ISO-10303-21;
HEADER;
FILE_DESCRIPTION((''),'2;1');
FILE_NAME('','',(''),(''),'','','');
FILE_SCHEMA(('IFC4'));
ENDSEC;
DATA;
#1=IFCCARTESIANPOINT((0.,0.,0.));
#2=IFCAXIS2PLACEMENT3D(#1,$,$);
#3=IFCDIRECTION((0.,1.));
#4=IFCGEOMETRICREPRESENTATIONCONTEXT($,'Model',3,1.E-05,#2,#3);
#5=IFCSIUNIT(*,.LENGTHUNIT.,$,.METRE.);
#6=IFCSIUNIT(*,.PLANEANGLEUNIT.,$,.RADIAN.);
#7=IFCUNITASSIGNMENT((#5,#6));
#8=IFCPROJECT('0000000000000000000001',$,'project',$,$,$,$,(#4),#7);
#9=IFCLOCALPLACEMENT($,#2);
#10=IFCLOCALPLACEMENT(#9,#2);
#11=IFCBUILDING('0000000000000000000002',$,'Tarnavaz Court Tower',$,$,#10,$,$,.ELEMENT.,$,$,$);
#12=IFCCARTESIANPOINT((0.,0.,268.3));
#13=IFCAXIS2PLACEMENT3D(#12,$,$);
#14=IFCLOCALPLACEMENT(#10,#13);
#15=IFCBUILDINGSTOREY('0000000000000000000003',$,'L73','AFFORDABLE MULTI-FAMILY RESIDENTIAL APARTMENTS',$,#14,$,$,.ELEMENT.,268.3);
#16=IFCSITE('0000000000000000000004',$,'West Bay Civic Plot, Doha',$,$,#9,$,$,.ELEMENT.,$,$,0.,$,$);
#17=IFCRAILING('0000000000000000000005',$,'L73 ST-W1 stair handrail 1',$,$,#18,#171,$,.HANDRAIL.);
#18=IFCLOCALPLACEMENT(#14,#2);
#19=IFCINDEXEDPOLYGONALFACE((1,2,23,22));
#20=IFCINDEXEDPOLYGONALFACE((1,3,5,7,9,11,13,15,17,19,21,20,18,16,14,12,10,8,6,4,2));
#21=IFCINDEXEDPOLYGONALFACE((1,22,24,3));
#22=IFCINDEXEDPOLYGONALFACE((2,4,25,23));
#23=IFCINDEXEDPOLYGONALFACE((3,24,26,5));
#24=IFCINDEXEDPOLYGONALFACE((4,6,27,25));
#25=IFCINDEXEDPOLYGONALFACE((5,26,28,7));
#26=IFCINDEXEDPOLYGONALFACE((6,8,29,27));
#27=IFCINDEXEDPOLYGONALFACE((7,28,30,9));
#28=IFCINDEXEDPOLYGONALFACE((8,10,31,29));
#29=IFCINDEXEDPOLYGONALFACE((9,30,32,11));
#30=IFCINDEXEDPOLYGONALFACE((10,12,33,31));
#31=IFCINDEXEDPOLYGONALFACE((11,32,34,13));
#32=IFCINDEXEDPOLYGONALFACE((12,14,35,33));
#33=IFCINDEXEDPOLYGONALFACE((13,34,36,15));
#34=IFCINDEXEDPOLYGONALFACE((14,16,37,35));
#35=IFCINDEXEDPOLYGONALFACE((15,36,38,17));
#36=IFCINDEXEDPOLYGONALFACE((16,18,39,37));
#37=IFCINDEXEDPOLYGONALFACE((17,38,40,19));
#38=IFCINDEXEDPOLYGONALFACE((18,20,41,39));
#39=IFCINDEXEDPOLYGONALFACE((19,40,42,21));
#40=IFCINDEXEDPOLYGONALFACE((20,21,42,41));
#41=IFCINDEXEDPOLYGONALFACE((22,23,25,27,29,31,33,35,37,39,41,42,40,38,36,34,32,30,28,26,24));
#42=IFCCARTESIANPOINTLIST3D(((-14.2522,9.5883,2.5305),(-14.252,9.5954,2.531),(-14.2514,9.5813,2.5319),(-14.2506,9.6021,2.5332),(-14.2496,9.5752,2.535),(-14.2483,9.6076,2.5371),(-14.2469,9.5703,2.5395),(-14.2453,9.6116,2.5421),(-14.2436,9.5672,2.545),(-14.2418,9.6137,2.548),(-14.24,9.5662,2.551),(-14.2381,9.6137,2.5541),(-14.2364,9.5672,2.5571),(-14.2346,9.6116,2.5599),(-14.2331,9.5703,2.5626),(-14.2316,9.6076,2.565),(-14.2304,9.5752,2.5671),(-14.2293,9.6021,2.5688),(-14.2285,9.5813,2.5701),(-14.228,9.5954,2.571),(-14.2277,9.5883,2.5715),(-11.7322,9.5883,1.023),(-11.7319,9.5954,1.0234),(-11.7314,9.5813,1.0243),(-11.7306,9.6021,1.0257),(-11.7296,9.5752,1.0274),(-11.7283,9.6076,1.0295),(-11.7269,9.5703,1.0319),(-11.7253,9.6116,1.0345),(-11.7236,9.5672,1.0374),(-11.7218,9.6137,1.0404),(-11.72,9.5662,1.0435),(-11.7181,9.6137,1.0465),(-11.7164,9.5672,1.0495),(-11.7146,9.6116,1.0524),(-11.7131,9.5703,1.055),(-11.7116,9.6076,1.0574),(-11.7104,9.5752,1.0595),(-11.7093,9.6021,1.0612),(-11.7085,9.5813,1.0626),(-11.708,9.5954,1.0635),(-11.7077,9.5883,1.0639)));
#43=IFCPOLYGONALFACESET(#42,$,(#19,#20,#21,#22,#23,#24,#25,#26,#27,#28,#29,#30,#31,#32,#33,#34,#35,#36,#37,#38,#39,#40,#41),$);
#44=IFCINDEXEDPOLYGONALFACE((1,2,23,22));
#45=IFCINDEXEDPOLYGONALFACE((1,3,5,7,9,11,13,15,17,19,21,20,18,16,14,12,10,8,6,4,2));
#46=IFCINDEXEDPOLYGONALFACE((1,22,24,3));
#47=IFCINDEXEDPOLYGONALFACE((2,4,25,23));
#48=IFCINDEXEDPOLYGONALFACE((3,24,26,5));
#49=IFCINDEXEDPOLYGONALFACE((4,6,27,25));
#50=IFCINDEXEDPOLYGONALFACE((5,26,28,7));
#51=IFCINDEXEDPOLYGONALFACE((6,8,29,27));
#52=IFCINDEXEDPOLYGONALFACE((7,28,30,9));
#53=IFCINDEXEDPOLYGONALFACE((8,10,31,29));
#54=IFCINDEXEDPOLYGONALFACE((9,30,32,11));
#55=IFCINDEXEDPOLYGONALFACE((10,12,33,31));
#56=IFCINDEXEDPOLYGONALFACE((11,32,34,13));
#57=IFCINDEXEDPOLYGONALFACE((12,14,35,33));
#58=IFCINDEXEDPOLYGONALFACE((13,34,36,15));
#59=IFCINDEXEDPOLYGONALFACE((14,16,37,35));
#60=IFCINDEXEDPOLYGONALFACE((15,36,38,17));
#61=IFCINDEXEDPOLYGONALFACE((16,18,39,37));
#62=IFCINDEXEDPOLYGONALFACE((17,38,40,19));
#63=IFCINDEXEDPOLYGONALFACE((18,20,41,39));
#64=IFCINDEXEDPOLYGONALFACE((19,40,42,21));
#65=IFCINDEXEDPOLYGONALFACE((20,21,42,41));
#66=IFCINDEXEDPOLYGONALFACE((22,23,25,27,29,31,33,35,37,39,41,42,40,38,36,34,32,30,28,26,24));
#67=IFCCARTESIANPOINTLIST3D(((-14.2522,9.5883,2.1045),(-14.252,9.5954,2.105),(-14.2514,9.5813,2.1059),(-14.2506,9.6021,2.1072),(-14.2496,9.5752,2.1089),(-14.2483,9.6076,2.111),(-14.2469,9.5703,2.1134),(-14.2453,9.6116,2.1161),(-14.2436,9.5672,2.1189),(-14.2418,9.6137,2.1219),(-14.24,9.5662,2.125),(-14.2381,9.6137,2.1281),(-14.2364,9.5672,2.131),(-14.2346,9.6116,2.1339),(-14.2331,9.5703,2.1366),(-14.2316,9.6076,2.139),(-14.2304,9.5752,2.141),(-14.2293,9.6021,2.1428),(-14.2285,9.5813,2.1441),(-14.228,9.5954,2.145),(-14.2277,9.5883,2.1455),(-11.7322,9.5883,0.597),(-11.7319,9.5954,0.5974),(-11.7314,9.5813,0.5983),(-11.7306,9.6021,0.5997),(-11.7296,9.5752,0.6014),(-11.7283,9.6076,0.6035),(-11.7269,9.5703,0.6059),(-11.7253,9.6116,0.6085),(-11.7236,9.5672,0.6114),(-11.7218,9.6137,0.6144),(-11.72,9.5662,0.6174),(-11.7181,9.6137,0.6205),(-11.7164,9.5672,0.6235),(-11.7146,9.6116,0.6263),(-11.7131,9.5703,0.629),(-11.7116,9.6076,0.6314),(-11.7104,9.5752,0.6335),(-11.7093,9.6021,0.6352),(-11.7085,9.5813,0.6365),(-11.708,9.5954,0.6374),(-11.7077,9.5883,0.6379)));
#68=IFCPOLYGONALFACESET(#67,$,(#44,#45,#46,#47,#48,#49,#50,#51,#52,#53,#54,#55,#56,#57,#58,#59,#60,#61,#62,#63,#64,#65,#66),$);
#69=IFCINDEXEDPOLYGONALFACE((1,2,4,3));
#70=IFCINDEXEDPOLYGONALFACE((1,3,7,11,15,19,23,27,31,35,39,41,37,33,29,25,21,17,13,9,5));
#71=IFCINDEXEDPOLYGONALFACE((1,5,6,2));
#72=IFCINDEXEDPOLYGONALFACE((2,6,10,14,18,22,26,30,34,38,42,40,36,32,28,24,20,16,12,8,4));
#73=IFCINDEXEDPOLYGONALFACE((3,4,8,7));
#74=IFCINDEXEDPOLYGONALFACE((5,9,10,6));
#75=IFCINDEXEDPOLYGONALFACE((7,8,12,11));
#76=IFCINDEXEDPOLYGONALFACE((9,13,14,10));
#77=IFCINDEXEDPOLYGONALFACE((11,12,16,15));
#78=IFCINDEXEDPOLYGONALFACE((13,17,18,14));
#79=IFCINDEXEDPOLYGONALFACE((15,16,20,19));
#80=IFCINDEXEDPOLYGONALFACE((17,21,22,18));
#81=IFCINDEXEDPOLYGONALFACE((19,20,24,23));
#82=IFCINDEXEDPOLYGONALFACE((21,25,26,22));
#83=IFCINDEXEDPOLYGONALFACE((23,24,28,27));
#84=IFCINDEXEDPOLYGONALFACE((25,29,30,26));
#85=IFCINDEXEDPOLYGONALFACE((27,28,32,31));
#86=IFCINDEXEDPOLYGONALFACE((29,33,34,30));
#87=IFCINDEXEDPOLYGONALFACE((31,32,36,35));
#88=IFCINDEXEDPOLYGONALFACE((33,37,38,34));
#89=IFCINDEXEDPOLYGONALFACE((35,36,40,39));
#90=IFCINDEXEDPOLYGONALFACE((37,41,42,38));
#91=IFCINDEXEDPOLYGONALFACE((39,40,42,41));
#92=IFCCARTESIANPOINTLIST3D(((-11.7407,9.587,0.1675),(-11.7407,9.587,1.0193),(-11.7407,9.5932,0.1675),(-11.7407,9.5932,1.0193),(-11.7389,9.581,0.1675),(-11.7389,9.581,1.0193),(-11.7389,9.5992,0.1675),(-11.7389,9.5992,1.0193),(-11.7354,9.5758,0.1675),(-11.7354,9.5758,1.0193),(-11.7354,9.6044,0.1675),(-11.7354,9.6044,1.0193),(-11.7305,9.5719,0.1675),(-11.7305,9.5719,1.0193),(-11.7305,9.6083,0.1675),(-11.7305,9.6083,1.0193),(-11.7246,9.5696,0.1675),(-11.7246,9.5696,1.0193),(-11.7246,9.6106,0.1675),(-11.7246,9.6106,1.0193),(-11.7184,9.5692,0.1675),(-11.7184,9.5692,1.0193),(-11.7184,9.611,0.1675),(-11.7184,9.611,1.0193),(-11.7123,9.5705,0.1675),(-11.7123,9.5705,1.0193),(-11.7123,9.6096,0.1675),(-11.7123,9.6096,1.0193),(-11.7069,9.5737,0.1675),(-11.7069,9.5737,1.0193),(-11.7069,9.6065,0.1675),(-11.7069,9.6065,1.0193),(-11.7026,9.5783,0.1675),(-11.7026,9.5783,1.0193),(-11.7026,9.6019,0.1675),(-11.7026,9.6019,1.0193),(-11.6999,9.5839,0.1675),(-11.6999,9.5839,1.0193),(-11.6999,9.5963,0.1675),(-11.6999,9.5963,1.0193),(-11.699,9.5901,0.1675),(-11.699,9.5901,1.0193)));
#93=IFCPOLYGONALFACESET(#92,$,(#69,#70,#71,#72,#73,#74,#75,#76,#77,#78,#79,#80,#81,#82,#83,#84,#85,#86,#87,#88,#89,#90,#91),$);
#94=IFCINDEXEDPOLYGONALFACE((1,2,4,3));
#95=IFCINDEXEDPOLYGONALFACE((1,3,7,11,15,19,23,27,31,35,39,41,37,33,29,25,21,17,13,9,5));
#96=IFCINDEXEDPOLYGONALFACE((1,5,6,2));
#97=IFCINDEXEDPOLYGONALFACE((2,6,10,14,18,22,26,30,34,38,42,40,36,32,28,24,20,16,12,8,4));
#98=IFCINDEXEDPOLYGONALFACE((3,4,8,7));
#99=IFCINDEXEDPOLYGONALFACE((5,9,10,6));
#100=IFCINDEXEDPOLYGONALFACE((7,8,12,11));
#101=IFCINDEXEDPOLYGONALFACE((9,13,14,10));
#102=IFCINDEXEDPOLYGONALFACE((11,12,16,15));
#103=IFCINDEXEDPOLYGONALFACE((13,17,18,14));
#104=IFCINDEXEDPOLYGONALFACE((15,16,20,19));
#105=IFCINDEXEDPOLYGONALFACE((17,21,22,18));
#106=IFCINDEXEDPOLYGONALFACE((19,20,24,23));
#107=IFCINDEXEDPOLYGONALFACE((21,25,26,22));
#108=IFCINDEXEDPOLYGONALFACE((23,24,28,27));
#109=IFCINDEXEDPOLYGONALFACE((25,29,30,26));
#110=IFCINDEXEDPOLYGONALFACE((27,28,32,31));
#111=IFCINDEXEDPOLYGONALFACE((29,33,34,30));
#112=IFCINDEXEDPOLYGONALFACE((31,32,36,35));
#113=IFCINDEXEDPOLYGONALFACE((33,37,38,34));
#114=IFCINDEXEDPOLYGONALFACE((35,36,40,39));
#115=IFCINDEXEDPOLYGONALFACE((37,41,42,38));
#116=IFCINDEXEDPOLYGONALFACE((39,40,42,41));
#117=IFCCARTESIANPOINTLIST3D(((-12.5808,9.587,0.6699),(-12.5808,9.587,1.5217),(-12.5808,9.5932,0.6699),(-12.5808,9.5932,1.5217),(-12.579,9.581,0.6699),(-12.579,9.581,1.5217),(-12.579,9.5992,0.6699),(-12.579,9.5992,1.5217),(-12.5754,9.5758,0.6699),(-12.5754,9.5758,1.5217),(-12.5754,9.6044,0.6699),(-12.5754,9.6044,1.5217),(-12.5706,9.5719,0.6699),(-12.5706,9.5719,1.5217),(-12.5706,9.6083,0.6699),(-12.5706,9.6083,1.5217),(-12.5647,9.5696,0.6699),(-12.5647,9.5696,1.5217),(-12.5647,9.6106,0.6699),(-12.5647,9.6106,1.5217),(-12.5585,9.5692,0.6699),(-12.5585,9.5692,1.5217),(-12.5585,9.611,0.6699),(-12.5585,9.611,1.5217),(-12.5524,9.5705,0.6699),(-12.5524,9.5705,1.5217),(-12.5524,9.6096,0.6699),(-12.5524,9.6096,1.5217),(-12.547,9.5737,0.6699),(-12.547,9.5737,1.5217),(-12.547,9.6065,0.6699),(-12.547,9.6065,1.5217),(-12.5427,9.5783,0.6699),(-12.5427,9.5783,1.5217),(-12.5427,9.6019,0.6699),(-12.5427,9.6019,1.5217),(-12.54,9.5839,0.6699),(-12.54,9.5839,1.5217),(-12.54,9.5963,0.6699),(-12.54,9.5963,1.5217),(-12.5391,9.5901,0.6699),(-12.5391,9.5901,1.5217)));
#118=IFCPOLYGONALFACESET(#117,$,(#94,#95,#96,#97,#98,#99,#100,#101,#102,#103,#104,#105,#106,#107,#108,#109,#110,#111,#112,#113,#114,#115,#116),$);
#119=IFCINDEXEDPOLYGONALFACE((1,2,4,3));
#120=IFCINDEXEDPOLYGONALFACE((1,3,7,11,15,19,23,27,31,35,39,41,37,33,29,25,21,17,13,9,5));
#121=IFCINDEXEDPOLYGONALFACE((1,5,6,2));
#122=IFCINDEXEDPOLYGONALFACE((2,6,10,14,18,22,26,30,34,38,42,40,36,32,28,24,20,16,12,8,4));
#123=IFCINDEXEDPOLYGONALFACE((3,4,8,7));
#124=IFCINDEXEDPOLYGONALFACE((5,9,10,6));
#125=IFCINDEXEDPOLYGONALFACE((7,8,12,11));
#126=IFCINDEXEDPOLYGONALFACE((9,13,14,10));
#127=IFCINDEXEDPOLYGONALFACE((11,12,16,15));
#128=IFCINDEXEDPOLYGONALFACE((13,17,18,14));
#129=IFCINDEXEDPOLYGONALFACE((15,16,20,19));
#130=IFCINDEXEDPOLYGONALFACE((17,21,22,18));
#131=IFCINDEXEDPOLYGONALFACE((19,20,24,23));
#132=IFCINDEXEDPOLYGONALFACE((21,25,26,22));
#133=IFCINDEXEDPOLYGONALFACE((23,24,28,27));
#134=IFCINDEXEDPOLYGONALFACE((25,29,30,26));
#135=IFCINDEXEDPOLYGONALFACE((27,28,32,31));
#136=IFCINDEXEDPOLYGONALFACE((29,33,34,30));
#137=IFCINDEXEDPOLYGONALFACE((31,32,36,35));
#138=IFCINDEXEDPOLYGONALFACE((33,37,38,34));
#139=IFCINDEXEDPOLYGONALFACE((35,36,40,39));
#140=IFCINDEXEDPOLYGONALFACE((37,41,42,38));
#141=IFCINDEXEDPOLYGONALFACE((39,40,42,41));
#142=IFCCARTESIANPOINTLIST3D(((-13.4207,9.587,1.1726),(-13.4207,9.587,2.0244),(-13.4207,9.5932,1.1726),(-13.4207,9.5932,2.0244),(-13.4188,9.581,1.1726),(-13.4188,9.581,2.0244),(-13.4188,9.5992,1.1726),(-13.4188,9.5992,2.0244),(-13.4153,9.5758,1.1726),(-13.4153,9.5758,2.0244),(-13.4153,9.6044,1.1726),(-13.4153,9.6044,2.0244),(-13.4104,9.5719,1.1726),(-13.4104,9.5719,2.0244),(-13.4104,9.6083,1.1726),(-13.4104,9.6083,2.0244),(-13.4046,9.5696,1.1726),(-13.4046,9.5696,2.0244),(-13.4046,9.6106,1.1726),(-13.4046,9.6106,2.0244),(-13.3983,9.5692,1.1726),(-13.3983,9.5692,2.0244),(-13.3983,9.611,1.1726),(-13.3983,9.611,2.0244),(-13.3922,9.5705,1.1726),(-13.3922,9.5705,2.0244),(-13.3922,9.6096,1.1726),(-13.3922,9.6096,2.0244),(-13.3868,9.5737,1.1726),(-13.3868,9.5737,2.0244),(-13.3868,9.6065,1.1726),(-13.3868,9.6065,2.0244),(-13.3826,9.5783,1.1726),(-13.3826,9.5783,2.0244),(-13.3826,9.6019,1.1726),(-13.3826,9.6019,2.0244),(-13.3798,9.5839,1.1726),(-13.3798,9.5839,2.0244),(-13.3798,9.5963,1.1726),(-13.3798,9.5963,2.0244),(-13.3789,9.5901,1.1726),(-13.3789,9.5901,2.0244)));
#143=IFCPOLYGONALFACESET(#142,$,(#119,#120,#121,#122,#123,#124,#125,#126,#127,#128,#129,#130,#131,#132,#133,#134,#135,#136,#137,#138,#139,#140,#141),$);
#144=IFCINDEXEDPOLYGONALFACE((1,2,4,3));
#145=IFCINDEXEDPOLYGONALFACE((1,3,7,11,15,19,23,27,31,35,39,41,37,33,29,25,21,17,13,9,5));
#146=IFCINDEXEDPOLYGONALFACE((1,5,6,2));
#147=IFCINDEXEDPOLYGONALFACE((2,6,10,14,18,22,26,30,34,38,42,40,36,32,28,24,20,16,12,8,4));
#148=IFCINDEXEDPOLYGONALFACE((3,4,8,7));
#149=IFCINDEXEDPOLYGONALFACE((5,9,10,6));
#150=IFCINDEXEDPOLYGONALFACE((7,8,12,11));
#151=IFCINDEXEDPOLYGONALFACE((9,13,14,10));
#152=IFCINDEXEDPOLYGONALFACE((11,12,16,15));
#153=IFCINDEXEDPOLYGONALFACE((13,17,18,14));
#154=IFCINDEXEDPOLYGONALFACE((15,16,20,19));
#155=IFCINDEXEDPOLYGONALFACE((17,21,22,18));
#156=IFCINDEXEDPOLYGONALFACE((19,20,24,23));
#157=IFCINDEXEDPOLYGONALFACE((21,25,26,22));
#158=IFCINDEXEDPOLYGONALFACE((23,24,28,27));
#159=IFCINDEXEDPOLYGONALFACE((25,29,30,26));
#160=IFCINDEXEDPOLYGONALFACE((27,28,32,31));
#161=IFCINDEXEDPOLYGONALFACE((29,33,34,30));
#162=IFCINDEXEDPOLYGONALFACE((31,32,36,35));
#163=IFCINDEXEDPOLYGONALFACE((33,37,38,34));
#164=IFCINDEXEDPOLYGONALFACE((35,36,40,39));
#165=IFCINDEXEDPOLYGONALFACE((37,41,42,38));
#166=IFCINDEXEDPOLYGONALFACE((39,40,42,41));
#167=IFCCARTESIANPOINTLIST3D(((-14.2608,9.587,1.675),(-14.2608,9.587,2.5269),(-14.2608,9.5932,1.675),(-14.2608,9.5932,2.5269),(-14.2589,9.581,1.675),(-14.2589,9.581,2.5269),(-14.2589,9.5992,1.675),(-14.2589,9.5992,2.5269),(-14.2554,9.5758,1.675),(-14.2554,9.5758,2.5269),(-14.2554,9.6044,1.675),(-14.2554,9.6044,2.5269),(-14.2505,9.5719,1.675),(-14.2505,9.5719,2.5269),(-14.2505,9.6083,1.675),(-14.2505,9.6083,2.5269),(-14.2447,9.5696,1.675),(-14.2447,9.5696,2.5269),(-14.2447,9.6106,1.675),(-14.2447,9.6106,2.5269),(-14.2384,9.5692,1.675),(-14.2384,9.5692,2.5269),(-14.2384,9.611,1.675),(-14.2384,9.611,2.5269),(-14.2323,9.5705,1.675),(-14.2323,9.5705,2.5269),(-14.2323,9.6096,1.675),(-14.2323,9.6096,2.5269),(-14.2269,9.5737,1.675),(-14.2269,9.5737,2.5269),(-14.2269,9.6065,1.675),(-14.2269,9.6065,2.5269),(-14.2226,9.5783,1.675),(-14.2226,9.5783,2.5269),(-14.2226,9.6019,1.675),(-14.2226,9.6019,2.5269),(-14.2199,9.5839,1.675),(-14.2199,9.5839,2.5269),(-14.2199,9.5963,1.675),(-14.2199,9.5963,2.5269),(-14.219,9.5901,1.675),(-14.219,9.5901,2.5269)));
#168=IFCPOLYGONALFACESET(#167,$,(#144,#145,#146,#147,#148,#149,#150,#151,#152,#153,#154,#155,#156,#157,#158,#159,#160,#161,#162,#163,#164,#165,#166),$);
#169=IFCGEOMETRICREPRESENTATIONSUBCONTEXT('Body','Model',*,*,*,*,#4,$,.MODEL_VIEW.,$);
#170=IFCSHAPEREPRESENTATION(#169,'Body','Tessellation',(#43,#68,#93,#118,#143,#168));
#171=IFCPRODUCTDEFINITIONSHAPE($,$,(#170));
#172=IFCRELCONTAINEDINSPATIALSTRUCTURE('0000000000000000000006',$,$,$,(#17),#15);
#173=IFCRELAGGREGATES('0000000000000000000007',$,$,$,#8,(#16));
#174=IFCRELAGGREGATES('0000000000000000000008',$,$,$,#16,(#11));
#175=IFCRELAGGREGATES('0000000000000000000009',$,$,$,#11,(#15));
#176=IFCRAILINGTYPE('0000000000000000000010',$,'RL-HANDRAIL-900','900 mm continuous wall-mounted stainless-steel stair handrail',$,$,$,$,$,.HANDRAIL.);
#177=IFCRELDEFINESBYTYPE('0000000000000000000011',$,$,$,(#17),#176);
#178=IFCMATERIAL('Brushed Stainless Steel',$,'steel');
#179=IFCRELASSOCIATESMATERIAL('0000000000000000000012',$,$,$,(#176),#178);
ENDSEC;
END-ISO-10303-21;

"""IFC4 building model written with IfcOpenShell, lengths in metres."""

from ifc_helpers import new_model, si_unit, direction, frame, origin, origin_2d, place, context, subcontext, project, spatial, circle, extrude, material, type_object, element, save


model = new_model("IFC4")

# Units and contexts
model_context = context("Model", 3, precision=1e-05, world=origin(), true_north=direction((0.0, 1.0)))
body_context = subcontext(model_context, "Body", "Model", "MODEL_VIEW")
ifc_project = project(units=[si_unit("LENGTHUNIT", "METRE"), si_unit("PLANEANGLEUNIT", "RADIAN")], contexts=[model_context])

# Site, building, storey
site_placement = place(None, origin())
site = spatial("IfcSite", under=ifc_project, at=site_placement, Name="West Bay Civic Plot, Doha", CompositionType="ELEMENT", RefElevation=0.0)
building_placement = place(site_placement, origin())
building = spatial("IfcBuilding", under=site, at=building_placement, Name="Tarnavaz Court Tower", CompositionType="ELEMENT")
storey_placement = place(building_placement, frame((0.0, 0.0, 268.3)))
storey = spatial("IfcBuildingStorey", under=building, at=storey_placement, Name="L73", Description="AFFORDABLE MULTI-FAMILY RESIDENTIAL APARTMENTS", CompositionType="ELEMENT", Elevation=268.3)

# Railing
ifc_material_1 = material(Name="Brushed Stainless Steel", Category="steel")
railing_type_1 = type_object("IfcRailingType", Name="RL-HANDRAIL-900", Description="900 mm continuous wall-mounted stainless-steel stair handrail", PredefinedType="HANDRAIL", material=ifc_material_1)
railing_1_placement = place(storey_placement, frame((-11.72, 9.5901, 0.1675)))
element("IfcRailing", 1, at=railing_1_placement, inside=storey, type_object=railing_type_1, Name="L73 ST-W1 stair handrail 1", PredefinedType="HANDRAIL", context=body_context, shape_type="SweptSolid", body=[
    extrude(circle(Radius=0.0239, at=origin_2d()), frame((0.0, 0.0, 0.876), z_axis=(-0.85816, 0.0, 0.513383), x_axis=(0.0, -1.0, 0.0)), (0.0, 0.0, 1.0), 2.9365),
    extrude(circle(Radius=0.0239, at=origin_2d()), frame((0.0, 0.0, 0.45), z_axis=(-0.85816, 0.0, 0.513383), x_axis=(0.0, -1.0, 0.0)), (0.0, 0.0, 1.0), 2.9365),
    extrude(circle(Radius=0.021, at=origin_2d()), origin(), (0.0, 0.0, 1.0), 0.8518),
    extrude(circle(Radius=0.021, at=origin_2d()), frame((-0.8401, 0.0, 0.5024)), (0.0, 0.0, 1.0), 0.8518),
    extrude(circle(Radius=0.021, at=origin_2d()), frame((-1.6799, 0.0, 1.0051)), (0.0, 0.0, 1.0), 0.8518),
    extrude(circle(Radius=0.021, at=origin_2d()), frame((-2.52, 0.0, 1.5076)), (0.0, 0.0, 1.0), 0.8518),
])

save(model, "model.ifc")
